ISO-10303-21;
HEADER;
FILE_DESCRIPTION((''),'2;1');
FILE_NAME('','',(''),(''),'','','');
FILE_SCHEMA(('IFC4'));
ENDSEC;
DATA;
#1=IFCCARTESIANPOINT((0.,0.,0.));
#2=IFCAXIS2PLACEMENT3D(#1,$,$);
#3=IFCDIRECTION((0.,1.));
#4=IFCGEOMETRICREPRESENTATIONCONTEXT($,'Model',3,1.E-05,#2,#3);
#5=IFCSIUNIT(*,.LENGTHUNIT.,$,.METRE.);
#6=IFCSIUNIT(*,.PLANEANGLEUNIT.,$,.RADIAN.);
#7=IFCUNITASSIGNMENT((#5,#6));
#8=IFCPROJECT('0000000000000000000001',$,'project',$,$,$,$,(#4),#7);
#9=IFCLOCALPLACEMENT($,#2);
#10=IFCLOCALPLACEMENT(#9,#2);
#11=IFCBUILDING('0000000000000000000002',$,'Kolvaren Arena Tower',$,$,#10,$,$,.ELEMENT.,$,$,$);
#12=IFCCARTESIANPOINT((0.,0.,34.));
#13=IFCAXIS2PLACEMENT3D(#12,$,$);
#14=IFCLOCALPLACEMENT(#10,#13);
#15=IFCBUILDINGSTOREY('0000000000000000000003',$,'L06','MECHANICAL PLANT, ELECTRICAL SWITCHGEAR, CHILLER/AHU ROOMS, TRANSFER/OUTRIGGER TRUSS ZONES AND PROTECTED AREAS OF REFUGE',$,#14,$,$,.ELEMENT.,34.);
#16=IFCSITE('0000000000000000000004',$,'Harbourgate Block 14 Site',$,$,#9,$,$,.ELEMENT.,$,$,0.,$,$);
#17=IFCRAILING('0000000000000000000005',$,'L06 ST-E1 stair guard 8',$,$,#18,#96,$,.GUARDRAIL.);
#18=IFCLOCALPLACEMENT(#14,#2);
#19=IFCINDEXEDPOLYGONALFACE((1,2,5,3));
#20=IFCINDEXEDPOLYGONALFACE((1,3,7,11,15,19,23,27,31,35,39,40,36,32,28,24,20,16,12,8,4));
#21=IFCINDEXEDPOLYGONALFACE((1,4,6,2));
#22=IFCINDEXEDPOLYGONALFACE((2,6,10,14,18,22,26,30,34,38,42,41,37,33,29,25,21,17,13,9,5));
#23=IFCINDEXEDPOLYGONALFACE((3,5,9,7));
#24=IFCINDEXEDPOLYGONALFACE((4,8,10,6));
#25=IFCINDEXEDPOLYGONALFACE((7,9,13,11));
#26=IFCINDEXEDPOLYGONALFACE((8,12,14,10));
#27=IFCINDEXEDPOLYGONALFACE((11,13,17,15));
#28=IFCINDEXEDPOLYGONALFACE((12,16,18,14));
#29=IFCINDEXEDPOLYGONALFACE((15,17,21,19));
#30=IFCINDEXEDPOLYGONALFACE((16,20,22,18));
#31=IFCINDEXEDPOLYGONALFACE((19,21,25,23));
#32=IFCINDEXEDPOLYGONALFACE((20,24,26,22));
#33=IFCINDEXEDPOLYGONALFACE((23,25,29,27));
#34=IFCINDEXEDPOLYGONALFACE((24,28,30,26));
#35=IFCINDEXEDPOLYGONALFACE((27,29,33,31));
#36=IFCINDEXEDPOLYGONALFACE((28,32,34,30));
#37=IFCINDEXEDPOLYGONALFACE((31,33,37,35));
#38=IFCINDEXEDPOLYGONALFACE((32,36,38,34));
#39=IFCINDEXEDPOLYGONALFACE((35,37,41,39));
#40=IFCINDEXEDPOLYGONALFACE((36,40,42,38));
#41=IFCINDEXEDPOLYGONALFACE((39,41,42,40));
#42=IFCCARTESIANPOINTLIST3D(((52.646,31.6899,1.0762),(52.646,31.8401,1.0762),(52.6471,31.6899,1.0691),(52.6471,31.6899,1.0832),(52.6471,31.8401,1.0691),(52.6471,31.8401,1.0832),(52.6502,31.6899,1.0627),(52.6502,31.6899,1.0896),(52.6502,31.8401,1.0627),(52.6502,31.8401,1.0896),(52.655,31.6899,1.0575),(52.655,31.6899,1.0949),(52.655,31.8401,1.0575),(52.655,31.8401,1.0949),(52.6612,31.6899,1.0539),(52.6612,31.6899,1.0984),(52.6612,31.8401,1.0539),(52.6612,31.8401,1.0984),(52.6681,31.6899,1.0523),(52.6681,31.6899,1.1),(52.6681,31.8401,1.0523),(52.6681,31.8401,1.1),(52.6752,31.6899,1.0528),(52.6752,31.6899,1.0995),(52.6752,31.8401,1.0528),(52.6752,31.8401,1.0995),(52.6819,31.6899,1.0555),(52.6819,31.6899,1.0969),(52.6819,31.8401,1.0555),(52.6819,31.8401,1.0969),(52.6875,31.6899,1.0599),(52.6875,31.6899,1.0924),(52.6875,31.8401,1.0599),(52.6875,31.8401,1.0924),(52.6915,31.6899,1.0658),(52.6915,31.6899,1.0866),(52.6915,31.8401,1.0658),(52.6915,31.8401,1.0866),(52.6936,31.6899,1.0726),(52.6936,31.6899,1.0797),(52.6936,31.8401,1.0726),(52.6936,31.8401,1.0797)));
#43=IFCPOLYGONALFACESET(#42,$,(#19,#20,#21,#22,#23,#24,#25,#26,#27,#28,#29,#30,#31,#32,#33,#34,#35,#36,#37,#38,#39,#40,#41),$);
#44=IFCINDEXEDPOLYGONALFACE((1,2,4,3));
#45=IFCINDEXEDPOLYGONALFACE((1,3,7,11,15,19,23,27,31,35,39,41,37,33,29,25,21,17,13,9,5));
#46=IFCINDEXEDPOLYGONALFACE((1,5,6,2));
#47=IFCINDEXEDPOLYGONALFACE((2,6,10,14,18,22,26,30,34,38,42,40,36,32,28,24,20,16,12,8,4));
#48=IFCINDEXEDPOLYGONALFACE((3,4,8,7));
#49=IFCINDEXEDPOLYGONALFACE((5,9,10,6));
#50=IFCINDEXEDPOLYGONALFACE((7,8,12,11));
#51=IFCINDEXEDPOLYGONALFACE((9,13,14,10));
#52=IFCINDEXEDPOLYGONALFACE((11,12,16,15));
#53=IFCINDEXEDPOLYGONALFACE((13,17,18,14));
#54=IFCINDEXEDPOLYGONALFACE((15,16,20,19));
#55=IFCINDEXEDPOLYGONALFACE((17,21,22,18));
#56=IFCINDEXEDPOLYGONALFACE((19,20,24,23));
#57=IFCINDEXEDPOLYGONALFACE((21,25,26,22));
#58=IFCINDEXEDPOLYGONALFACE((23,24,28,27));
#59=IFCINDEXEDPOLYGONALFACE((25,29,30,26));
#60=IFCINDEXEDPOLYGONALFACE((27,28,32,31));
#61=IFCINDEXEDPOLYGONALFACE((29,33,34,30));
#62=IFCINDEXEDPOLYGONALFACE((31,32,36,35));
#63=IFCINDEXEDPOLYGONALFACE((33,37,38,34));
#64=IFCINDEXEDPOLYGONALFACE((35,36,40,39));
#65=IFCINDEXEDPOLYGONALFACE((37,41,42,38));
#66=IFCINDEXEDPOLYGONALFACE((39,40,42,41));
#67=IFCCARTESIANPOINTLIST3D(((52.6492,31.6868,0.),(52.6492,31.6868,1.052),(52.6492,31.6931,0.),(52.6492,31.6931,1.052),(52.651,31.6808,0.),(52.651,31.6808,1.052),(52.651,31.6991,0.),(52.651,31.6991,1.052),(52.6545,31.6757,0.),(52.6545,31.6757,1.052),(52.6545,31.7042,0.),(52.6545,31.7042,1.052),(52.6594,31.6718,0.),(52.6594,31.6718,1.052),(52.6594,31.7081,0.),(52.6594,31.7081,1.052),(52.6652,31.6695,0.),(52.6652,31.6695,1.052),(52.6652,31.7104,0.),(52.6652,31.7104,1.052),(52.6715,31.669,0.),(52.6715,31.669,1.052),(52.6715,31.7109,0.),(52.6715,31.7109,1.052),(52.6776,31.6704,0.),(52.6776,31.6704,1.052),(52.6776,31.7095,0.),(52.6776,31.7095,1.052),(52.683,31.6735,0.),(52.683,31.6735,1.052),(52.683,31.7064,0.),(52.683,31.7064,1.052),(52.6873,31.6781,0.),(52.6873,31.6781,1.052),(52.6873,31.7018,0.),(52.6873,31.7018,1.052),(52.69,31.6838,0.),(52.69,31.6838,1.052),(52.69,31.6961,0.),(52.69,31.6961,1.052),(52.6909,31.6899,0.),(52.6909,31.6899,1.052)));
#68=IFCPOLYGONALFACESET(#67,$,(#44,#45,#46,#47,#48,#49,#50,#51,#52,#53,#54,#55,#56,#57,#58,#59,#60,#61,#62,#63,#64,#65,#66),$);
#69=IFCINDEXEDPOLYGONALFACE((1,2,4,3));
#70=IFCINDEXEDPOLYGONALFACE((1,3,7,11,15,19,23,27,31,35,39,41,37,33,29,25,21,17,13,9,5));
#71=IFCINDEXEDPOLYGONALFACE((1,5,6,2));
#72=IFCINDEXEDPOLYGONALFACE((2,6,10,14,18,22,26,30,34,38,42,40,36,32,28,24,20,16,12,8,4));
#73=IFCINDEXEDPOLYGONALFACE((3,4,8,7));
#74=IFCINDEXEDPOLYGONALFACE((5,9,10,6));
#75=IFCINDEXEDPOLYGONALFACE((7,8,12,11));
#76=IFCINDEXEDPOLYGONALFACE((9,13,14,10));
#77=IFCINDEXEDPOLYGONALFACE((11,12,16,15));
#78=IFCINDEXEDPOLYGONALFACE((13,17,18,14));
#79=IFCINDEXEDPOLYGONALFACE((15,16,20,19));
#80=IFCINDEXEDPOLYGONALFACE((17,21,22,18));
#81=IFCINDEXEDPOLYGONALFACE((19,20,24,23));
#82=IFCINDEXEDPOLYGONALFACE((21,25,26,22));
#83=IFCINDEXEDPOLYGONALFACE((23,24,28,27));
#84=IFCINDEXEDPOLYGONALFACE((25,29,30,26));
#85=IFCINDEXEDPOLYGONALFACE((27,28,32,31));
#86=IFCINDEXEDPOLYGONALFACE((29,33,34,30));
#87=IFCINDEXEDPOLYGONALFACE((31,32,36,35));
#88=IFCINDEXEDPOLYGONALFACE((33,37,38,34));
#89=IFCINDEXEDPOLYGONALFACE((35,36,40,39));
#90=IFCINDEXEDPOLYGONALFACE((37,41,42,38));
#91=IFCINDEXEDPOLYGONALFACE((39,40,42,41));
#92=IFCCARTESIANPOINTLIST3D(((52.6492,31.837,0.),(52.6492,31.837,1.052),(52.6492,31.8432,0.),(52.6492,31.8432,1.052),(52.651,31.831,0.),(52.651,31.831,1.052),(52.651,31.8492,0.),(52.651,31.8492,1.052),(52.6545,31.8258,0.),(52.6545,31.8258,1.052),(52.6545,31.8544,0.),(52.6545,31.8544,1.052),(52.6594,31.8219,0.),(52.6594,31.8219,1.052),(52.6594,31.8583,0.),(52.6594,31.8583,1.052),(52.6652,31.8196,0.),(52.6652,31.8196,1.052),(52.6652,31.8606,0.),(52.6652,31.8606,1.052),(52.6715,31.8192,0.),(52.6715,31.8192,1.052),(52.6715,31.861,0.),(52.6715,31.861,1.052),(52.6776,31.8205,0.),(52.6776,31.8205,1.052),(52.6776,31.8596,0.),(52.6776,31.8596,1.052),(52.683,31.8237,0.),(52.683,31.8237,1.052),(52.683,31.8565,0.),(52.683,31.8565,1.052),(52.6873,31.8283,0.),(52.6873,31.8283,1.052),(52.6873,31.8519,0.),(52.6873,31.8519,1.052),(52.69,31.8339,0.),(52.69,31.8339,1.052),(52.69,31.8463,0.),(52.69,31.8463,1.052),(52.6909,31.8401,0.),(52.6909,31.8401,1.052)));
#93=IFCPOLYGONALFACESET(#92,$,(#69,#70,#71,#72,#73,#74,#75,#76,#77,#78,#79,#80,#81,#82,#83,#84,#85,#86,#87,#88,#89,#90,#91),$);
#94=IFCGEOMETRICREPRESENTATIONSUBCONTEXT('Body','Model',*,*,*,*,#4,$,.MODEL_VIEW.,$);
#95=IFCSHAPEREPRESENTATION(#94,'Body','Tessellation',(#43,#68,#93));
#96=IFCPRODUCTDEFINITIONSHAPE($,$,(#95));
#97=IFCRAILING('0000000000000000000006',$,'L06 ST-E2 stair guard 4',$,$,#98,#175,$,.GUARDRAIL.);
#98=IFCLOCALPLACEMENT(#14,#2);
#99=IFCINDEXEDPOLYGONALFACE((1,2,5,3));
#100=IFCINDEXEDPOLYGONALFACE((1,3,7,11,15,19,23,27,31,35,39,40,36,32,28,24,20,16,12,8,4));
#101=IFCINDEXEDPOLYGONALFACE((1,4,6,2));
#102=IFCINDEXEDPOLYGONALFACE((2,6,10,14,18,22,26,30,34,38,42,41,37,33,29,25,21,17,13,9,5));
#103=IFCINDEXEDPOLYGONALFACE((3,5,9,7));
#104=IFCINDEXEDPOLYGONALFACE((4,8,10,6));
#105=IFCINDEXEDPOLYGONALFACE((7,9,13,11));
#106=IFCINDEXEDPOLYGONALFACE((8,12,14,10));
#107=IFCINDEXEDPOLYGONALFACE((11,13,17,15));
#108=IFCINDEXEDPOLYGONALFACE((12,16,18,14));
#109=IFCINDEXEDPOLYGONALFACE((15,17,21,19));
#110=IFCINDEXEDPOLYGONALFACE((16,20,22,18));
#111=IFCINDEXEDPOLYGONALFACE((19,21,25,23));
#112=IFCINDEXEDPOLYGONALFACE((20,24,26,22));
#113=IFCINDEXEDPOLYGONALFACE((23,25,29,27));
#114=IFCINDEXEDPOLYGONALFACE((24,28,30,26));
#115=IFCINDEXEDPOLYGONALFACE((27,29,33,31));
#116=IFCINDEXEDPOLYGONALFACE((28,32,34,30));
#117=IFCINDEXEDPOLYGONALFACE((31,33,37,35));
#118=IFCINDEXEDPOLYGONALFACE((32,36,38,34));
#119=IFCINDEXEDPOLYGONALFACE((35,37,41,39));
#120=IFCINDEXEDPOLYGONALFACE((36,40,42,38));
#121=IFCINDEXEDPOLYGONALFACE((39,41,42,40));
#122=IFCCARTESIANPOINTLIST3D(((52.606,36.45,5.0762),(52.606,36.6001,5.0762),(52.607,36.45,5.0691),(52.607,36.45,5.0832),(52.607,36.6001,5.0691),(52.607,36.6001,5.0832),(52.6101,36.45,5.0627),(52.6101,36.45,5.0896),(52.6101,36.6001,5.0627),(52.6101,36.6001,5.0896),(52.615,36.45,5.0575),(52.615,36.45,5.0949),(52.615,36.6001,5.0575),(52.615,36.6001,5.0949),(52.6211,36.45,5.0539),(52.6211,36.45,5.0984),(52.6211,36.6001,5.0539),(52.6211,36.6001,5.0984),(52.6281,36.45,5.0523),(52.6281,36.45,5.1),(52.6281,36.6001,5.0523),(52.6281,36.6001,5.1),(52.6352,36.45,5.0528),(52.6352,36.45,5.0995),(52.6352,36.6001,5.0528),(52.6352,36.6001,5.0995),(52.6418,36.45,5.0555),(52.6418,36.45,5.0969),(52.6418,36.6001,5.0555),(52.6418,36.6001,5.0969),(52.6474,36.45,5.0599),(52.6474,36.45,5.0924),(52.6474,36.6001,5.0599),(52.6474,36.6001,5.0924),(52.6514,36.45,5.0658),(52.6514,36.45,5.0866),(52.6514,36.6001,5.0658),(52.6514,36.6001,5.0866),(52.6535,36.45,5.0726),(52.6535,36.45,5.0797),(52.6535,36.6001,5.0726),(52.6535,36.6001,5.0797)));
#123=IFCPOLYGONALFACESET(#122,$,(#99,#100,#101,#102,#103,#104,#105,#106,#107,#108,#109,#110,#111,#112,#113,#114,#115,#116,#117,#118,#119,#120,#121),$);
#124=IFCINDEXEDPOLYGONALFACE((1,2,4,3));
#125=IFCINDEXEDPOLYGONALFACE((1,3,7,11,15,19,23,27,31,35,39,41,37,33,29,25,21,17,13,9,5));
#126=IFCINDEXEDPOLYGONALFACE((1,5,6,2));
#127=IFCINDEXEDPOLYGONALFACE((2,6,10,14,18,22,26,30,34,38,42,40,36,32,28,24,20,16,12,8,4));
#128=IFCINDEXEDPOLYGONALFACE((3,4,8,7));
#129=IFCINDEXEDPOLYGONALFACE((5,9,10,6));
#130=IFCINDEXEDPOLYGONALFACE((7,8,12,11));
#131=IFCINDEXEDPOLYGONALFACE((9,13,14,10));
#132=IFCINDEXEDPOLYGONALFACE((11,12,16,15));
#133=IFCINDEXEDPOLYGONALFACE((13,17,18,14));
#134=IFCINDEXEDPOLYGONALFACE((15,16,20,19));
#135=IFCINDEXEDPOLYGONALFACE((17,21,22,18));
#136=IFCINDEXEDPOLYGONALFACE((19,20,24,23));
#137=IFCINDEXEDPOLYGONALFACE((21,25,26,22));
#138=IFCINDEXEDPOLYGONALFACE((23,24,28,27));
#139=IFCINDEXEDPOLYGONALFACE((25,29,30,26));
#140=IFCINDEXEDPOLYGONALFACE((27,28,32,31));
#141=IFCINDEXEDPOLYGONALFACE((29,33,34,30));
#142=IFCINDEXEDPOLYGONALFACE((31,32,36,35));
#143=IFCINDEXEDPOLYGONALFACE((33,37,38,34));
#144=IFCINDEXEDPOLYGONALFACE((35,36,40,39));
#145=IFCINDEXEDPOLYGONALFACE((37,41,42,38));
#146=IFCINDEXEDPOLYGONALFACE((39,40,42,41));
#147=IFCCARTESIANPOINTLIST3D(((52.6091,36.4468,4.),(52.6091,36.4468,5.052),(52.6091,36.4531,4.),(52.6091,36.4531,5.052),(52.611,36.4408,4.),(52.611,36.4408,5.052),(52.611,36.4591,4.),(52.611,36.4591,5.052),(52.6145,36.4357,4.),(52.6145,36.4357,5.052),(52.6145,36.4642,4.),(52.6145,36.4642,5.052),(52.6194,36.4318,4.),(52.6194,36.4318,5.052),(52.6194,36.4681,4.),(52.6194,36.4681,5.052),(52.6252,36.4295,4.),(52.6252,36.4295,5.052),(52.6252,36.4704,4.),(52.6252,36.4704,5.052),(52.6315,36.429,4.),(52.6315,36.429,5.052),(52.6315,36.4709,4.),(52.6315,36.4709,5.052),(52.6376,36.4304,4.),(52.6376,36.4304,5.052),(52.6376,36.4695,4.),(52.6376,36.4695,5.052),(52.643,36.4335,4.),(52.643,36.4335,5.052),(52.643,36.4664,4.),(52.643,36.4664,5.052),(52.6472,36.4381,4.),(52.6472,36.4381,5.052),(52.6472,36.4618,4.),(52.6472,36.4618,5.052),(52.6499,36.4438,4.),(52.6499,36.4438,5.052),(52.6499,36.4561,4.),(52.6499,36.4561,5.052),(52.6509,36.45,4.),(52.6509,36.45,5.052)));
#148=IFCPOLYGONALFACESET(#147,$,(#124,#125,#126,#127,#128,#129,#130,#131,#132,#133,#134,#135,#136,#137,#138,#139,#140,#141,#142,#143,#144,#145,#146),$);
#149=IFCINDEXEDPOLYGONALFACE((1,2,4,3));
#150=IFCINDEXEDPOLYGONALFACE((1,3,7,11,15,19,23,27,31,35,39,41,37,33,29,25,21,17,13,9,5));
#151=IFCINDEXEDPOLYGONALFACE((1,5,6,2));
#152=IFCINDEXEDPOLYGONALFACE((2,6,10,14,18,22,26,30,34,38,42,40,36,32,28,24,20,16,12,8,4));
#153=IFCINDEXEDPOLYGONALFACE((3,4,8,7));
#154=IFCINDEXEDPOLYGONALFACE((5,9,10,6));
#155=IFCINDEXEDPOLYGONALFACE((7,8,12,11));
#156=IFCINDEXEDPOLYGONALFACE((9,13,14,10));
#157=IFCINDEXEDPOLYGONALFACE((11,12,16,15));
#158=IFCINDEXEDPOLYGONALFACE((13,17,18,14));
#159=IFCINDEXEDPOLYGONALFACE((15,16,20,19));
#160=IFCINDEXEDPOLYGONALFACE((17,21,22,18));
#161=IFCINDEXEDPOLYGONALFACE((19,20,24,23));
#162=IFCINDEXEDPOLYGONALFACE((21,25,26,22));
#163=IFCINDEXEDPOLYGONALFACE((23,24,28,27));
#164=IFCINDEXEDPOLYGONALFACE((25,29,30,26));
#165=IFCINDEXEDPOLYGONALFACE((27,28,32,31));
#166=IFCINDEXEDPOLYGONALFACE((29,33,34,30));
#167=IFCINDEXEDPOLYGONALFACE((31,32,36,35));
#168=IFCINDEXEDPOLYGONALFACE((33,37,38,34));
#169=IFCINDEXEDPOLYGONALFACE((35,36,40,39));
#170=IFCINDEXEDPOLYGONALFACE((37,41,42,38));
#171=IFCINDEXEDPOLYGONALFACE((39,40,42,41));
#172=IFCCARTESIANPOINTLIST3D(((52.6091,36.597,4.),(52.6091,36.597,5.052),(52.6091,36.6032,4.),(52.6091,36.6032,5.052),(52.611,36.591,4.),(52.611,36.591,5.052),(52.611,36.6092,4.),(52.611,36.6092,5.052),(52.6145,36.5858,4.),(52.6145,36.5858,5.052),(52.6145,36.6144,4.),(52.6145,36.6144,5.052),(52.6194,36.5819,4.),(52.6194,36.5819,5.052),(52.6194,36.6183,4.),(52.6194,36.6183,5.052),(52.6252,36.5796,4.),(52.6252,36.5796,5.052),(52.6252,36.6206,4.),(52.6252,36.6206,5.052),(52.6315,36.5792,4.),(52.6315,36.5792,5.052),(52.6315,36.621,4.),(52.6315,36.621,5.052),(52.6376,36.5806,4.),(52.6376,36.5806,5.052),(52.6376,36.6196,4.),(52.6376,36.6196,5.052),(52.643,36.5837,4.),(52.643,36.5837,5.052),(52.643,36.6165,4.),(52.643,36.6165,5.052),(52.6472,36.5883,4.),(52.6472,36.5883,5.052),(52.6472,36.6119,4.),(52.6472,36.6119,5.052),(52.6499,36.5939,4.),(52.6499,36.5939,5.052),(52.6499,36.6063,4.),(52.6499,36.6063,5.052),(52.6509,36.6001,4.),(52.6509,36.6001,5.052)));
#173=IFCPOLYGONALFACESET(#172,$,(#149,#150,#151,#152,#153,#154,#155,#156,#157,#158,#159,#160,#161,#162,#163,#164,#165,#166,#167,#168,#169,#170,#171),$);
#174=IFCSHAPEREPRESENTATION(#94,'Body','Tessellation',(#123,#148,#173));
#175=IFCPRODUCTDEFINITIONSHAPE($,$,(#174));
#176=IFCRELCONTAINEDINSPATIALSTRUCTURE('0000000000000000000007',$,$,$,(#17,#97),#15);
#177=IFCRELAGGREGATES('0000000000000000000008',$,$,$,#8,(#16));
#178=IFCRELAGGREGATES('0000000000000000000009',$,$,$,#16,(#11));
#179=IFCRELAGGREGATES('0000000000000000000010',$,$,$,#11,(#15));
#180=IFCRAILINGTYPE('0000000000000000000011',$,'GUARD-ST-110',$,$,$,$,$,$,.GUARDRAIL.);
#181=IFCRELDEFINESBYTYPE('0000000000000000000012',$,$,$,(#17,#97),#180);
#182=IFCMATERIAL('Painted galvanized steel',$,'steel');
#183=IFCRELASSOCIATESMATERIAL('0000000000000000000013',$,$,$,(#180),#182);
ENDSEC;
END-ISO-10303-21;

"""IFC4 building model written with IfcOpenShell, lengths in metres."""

from ifc_helpers import new_model, si_unit, direction, frame, origin, origin_2d, place, context, subcontext, project, spatial, circle, extrude, material, type_object, element, save


model = new_model("IFC4")

# Units and contexts
model_context = context("Model", 3, precision=1e-05, world=origin(), true_north=direction((0.0, 1.0)))
body_context = subcontext(model_context, "Body", "Model", "MODEL_VIEW")
ifc_project = project(units=[si_unit("LENGTHUNIT", "METRE"), si_unit("PLANEANGLEUNIT", "RADIAN")], contexts=[model_context])

# Site, building, storey
site_placement = place(None, origin())
site = spatial("IfcSite", under=ifc_project, at=site_placement, Name="Harbourgate Block 14 Site", CompositionType="ELEMENT", RefElevation=0.0)
building_placement = place(site_placement, origin())
building = spatial("IfcBuilding", under=site, at=building_placement, Name="Kolvaren Arena Tower", CompositionType="ELEMENT")
storey_placement = place(building_placement, frame((0.0, 0.0, 34.0)))
storey = spatial("IfcBuildingStorey", under=building, at=storey_placement, Name="L06", Description="MECHANICAL PLANT, ELECTRICAL SWITCHGEAR, CHILLER/AHU ROOMS, TRANSFER/OUTRIGGER TRUSS ZONES AND PROTECTED AREAS OF REFUGE", CompositionType="ELEMENT", Elevation=34.0)

# Railings
ifc_material_1 = material(Name="Painted galvanized steel", Category="steel")
railing_type_1 = type_object("IfcRailingType", Name="GUARD-ST-110", PredefinedType="GUARDRAIL", material=ifc_material_1)
for number, where, name in (
    (1, (52.6699, 31.6899, 0.0), "L06 ST-E1 stair guard 8"),
    (2, (52.6299, 36.45, 4.0), "L06 ST-E2 stair guard 4"),
):
    element("IfcRailing", number, at=place(storey_placement, frame(where)), inside=storey, type_object=railing_type_1, Name=name, PredefinedType="GUARDRAIL", context=body_context, shape_type="SweptSolid", body=[
        extrude(circle(Radius=0.0239, at=origin_2d()), frame((0.0, 0.0, 1.0762), z_axis=(0.0, 1.0, 0.0), x_axis=(-1.0, 0.0, 0.0)), (0.0, 0.0, 1.0), 0.1501),
        extrude(circle(Radius=0.021, at=origin_2d()), origin(), (0.0, 0.0, 1.0), 1.052),
        extrude(circle(Radius=0.021, at=origin_2d()), frame((0.0, 0.1501, 0.0)), (0.0, 0.0, 1.0), 1.052),
    ])

save(model, "model.ifc")
